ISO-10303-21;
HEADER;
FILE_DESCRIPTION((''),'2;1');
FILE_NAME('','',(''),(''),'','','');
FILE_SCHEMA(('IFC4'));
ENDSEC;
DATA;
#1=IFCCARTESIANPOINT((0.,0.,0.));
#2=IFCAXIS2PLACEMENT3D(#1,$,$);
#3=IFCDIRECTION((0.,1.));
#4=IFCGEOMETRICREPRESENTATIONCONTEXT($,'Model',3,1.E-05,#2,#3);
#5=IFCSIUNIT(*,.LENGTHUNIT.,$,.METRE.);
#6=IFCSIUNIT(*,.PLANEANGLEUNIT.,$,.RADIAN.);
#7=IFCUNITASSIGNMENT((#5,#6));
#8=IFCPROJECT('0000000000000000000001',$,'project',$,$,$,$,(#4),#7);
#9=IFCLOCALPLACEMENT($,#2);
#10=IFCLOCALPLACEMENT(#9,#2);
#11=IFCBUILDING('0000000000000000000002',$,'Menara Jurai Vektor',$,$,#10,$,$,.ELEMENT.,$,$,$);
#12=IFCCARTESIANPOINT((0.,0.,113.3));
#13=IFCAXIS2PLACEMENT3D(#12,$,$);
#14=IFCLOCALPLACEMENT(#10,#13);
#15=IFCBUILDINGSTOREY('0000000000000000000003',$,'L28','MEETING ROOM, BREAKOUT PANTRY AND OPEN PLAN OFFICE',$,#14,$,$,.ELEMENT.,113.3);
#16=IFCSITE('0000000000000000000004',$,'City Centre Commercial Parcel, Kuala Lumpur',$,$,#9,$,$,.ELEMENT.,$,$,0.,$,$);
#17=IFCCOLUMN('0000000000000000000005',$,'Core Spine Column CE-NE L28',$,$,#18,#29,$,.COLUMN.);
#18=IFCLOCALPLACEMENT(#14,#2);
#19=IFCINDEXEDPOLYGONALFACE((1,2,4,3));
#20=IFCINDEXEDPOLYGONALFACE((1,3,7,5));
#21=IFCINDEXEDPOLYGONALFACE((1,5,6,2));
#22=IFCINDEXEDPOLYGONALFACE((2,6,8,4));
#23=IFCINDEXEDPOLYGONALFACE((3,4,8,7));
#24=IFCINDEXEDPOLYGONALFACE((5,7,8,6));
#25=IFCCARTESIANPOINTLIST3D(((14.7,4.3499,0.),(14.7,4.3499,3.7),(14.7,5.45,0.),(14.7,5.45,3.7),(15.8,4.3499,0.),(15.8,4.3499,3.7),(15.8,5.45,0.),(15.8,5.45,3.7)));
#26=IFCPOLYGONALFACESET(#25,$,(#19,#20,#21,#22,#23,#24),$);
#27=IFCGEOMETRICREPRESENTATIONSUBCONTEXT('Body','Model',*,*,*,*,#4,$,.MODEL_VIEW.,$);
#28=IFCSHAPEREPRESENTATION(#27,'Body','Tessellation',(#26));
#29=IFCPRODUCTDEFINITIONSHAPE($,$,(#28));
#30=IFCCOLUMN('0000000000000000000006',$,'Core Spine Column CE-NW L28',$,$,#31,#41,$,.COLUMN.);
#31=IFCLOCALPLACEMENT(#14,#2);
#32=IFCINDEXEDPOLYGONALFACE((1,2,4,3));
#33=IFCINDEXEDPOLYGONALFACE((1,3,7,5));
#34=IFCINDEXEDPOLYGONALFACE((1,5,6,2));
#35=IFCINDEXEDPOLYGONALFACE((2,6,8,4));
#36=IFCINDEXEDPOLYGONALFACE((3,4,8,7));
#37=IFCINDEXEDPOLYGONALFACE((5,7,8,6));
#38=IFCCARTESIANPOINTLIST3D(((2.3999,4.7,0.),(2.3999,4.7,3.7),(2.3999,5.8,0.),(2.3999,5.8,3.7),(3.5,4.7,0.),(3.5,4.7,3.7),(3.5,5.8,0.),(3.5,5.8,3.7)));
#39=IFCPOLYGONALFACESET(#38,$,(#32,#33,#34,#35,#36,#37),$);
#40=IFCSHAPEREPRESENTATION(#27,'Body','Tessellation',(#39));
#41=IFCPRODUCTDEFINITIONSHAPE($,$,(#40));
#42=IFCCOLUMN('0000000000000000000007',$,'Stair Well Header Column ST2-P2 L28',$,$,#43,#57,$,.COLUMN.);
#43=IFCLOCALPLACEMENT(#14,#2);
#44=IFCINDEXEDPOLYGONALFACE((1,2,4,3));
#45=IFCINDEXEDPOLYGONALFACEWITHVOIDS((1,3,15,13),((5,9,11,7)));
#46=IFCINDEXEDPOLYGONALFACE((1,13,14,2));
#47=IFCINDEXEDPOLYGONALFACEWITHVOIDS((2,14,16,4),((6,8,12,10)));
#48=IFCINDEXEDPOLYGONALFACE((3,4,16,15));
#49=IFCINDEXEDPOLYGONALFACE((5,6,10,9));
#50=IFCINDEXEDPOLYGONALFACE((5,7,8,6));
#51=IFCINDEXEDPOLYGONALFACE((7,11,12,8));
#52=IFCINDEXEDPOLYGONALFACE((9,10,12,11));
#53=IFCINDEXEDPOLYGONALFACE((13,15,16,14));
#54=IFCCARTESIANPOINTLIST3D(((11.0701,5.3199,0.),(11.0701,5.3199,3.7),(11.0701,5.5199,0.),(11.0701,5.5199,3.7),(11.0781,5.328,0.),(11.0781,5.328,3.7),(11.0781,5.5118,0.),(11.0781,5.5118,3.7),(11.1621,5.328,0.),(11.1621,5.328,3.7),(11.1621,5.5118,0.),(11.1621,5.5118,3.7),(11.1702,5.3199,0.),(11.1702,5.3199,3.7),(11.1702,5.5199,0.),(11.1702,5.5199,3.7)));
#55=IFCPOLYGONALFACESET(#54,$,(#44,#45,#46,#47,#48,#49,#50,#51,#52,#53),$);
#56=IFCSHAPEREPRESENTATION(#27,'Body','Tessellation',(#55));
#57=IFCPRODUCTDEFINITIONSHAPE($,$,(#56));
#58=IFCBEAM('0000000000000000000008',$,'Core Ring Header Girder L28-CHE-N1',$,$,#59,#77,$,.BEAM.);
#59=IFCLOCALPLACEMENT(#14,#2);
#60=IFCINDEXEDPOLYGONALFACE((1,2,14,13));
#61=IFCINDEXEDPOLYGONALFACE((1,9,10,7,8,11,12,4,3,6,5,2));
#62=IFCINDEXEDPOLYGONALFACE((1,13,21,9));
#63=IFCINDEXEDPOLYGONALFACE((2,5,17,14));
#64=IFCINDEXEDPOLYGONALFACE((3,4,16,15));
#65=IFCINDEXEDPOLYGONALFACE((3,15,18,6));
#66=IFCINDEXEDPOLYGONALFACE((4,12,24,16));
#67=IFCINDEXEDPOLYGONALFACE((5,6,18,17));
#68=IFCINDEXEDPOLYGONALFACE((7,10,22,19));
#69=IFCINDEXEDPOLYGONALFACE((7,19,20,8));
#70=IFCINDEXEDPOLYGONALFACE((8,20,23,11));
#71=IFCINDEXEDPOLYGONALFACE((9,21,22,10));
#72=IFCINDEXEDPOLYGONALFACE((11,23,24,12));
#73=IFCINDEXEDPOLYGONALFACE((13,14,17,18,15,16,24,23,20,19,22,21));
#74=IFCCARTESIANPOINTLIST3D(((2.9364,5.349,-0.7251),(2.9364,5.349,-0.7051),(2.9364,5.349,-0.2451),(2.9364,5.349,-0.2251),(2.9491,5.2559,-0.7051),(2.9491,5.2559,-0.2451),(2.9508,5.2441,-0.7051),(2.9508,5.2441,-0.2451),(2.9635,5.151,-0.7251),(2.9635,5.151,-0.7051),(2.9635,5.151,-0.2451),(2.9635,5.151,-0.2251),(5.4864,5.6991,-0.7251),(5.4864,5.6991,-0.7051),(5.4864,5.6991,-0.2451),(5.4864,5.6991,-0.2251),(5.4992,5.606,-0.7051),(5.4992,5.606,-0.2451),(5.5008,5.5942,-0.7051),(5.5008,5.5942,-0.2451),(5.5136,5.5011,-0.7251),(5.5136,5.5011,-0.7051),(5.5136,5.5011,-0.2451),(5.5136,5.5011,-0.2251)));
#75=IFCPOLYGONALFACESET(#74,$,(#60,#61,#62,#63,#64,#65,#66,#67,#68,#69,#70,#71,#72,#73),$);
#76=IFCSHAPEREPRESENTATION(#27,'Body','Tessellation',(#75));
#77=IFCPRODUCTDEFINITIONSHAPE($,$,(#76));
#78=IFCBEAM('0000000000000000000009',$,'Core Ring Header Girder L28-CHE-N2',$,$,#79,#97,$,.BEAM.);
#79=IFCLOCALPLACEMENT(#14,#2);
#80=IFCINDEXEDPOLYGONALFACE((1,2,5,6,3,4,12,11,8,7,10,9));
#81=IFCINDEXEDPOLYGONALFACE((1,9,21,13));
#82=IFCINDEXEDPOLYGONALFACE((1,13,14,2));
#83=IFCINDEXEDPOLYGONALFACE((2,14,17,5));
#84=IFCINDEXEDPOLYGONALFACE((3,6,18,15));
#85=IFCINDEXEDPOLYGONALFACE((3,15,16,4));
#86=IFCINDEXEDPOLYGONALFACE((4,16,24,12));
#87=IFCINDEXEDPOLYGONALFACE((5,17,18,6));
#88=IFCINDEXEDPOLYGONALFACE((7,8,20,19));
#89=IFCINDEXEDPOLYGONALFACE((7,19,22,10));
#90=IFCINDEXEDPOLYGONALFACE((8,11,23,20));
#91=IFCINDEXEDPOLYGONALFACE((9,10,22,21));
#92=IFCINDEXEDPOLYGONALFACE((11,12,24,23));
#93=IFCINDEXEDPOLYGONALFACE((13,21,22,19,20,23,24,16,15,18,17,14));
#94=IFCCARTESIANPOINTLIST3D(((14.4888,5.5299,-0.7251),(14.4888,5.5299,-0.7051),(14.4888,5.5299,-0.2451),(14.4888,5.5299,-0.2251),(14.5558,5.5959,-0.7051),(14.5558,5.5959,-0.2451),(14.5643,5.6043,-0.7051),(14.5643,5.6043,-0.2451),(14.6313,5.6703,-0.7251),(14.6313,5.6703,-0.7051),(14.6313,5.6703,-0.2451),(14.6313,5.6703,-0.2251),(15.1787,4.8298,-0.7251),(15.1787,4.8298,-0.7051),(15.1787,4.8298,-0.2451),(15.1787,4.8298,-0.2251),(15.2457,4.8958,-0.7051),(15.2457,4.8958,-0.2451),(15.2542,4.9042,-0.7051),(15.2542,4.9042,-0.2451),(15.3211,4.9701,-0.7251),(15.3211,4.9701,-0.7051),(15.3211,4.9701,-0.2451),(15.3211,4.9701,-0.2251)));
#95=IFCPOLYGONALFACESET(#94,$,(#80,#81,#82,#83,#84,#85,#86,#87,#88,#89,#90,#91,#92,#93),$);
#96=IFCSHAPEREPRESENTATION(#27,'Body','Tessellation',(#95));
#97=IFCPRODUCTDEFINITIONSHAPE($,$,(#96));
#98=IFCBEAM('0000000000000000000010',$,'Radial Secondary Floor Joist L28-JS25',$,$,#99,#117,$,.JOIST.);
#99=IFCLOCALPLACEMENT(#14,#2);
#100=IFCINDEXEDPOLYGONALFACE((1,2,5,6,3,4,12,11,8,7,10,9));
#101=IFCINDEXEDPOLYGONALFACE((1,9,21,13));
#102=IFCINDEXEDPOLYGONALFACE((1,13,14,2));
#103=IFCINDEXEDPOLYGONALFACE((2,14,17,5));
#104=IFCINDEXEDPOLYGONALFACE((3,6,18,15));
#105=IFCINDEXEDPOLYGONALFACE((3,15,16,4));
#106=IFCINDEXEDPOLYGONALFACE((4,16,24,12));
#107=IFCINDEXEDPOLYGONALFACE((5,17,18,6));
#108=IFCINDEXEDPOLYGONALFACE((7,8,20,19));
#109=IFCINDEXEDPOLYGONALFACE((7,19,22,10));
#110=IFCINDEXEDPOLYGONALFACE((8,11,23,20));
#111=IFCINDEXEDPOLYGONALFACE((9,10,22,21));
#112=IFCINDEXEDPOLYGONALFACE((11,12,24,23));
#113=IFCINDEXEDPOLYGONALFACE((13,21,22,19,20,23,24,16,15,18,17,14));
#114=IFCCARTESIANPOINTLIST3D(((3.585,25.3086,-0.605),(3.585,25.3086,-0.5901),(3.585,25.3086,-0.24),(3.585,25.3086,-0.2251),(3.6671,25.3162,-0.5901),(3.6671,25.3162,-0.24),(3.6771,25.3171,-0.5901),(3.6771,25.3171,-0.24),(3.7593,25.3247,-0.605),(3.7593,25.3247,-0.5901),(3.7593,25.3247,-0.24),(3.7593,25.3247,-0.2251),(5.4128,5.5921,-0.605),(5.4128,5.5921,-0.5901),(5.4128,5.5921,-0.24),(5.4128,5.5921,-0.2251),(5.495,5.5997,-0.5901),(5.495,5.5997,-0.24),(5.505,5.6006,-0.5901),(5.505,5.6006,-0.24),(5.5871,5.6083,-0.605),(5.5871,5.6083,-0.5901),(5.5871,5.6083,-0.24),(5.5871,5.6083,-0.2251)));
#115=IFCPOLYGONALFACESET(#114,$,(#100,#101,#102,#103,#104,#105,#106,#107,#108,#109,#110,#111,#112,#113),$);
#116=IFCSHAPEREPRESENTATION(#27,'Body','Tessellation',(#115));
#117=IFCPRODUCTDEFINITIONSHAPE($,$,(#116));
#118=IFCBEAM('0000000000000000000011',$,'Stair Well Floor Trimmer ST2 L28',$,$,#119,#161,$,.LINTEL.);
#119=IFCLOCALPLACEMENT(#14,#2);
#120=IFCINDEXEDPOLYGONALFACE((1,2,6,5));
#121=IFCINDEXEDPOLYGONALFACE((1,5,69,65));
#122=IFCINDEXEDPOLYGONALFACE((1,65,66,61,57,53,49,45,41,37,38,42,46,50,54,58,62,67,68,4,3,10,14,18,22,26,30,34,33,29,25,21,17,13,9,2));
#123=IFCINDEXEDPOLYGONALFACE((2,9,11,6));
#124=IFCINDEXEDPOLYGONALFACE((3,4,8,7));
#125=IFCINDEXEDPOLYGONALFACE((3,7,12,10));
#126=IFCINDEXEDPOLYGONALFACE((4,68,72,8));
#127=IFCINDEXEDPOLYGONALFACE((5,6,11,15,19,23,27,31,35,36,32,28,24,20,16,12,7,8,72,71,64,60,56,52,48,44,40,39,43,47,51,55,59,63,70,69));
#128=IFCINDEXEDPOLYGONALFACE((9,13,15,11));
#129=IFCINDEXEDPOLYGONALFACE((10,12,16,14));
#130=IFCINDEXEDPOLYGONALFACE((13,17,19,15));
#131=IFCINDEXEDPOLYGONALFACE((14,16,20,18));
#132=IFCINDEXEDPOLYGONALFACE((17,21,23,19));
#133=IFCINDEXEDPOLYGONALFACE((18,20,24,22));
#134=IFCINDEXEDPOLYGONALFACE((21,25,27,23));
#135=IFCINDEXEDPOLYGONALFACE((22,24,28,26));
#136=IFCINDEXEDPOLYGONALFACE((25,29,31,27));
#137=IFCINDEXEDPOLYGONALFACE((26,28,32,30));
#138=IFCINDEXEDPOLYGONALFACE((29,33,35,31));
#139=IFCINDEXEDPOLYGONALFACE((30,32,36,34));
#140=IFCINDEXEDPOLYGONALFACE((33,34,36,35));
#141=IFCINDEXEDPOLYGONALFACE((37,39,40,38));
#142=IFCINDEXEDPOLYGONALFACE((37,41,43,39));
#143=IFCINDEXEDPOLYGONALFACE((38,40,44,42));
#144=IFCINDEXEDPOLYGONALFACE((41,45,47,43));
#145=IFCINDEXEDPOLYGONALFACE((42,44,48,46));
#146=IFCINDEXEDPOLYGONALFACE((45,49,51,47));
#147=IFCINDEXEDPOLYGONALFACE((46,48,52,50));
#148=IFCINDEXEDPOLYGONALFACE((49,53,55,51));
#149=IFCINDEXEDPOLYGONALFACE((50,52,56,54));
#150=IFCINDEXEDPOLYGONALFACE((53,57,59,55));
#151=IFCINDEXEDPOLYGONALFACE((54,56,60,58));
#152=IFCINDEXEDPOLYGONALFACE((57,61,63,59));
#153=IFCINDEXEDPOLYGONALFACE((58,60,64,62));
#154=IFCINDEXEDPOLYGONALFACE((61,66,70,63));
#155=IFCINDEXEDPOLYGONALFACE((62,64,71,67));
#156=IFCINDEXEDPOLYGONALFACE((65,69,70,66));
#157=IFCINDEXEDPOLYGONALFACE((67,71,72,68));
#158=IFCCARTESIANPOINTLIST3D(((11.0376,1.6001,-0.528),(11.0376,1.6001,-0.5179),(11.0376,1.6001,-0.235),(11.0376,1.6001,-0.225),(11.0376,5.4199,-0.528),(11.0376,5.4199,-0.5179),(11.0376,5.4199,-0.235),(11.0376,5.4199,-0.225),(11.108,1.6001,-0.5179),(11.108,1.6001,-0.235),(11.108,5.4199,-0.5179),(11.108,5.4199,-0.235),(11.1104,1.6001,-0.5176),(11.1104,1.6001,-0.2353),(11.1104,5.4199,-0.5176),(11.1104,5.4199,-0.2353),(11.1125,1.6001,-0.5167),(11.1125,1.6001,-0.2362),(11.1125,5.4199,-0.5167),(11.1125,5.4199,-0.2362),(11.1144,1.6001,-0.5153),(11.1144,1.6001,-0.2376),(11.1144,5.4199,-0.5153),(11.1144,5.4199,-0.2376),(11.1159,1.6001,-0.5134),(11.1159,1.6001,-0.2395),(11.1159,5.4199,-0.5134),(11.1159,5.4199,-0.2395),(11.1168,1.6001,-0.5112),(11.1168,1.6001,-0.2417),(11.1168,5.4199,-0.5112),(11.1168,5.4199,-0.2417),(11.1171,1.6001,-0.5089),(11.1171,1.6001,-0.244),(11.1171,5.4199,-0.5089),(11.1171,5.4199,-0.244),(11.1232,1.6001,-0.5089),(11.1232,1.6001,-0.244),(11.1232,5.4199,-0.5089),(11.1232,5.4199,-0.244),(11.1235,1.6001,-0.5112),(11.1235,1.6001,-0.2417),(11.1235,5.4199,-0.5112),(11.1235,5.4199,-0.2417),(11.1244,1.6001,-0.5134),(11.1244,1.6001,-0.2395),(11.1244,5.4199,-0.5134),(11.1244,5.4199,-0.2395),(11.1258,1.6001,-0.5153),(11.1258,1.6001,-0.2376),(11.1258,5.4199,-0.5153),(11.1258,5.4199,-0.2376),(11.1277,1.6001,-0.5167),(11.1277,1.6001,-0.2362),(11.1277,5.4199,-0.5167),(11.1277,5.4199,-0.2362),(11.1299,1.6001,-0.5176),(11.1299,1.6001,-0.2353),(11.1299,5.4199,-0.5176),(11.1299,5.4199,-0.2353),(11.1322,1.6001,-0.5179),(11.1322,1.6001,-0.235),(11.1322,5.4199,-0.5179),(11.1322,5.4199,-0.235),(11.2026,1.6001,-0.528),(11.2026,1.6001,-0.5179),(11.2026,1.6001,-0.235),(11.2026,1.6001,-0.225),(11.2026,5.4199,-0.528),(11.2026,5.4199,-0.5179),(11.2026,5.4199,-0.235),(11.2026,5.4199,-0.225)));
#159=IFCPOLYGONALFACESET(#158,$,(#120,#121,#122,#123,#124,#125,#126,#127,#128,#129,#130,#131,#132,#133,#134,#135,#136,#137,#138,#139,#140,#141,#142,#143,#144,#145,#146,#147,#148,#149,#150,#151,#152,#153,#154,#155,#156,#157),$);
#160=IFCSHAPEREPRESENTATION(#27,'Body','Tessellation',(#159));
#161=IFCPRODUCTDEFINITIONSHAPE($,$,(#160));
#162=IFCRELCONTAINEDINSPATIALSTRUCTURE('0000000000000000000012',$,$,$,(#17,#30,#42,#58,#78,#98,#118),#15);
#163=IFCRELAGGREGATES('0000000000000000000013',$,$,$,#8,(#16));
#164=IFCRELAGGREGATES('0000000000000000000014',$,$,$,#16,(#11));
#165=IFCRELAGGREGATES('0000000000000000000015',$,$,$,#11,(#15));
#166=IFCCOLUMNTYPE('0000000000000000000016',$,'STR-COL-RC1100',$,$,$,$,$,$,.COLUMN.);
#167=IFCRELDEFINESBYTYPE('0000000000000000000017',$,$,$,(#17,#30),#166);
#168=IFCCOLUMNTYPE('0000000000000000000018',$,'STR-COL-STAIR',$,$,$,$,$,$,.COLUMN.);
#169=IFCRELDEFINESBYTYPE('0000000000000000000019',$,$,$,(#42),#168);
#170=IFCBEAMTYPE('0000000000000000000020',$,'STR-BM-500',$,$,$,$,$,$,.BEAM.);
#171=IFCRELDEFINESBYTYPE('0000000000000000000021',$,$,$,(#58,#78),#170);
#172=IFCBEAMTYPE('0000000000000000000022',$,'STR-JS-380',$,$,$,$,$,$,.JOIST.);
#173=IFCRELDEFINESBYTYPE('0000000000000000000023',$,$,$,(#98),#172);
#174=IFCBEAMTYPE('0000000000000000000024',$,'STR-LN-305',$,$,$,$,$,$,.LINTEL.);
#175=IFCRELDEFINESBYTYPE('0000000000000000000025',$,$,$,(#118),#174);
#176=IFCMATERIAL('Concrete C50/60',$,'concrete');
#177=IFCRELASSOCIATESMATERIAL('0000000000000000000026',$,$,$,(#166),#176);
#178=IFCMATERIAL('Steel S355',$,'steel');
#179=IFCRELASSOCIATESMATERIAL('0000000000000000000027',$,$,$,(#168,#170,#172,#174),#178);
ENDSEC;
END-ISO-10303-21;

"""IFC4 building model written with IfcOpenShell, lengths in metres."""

from ifc_helpers import new_model, si_unit, direction, frame, origin, origin_2d, place, context, subcontext, project, spatial, rectangle, hollow_rectangle, i_section, extrude, material, material_profile, profile_set, type_object, element, save


model = new_model("IFC4")

# Units and contexts
model_context = context("Model", 3, precision=1e-05, world=origin(), true_north=direction((0.0, 1.0)))
body_context = subcontext(model_context, "Body", "Model", "MODEL_VIEW")
ifc_project = project(units=[si_unit("LENGTHUNIT", "METRE"), si_unit("PLANEANGLEUNIT", "RADIAN")], contexts=[model_context])

# Site, building, storey
site_placement = place(None, origin())
site = spatial("IfcSite", under=ifc_project, at=site_placement, Name="City Centre Commercial Parcel, Kuala Lumpur", CompositionType="ELEMENT", RefElevation=0.0)
building_placement = place(site_placement, origin())
building = spatial("IfcBuilding", under=site, at=building_placement, Name="Menara Jurai Vektor", CompositionType="ELEMENT")
storey_placement = place(building_placement, frame((0.0, 0.0, 113.3)))
storey = spatial("IfcBuildingStorey", under=building, at=storey_placement, Name="L28", Description="MEETING ROOM, BREAKOUT PANTRY AND OPEN PLAN OFFICE", CompositionType="ELEMENT", Elevation=113.3)

# Columns
ifc_material_1 = material(Name="Concrete C50/60", Category="concrete")
ifc_material_profile_1 = material_profile(ifc_material_1, rectangle(XDim=1.1001, YDim=1.1001, at=origin_2d()), Name="RC 1100x1100")
ifc_profile_set_1 = profile_set([ifc_material_profile_1], Name="Concrete C50/60")
column_type_1 = type_object("IfcColumnType", Name="STR-COL-RC1100", PredefinedType="COLUMN", material=ifc_profile_set_1)
for number, where, z_axis, x_axis, name in (
    (1, (15.25, 4.8999, 0.0), (0.0, 0.0, 1.0), (1.0, 0.0, 0.0), "Core Spine Column CE-NE L28"),
    (2, (2.95, 5.25, 0.0), (0.0, 0.0, 1.0), (1.0, 0.0, 0.0), "Core Spine Column CE-NW L28"),
):
    element("IfcColumn", number, at=place(storey_placement, frame(where, z_axis=z_axis, x_axis=x_axis)), inside=storey, type_object=column_type_1, Name=name, PredefinedType="COLUMN", context=body_context, shape_type="SweptSolid", body=[
        extrude(rectangle(XDim=1.1001, YDim=1.1001, at=origin_2d()), origin(), (0.0, 0.0, 1.0), 3.7),
    ])
ifc_material_2 = material(Name="Steel S355", Category="steel")
ifc_material_profile_2 = material_profile(ifc_material_2, hollow_rectangle(XDim=0.1001, YDim=0.2, WallThickness=0.0081, at=origin_2d()), Name="RHS 200x100x8")
ifc_profile_set_2 = profile_set([ifc_material_profile_2], Name="Steel S355")
column_type_2 = type_object("IfcColumnType", Name="STR-COL-STAIR", PredefinedType="COLUMN", material=ifc_profile_set_2)
column_placement = place(storey_placement, frame((11.1201, 5.4199, 0.0), z_axis=(0.0, 0.0, 1.0), x_axis=(1.0, 0.0, 0.0)))
element("IfcColumn", 3, at=column_placement, inside=storey, type_object=column_type_2, Name="Stair Well Header Column ST2-P2 L28", PredefinedType="COLUMN", context=body_context, shape_type="SweptSolid", body=[
    extrude(hollow_rectangle(XDim=0.1001, YDim=0.2, WallThickness=0.0081, at=origin_2d()), origin(), (0.0, 0.0, 1.0), 3.7),
])

# Beams
ifc_material_profile_3 = material_profile(ifc_material_2, i_section(OverallWidth=0.2, OverallDepth=0.5, WebThickness=0.012, FlangeThickness=0.02, at=origin_2d()), Name="PG 500x200x96")
ifc_profile_set_3 = profile_set([ifc_material_profile_3], Name="Steel S355")
beam_type_1 = type_object("IfcBeamType", Name="STR-BM-500", PredefinedType="BEAM", material=ifc_profile_set_3)
beam_1_placement = place(storey_placement, frame((2.95, 5.25, -0.4751), z_axis=(0.990707, 0.136015, 0.0), x_axis=(-0.136015, 0.990707, 0.0)))
element("IfcBeam", 4, at=beam_1_placement, inside=storey, type_object=beam_type_1, Name="Core Ring Header Girder L28-CHE-N1", PredefinedType="BEAM", context=body_context, shape_type="SweptSolid", body=[
    extrude(i_section(OverallWidth=0.2, OverallDepth=0.5, WebThickness=0.012, FlangeThickness=0.02, at=origin_2d()), origin(), (0.0, 0.0, 1.0), 2.574),
])
beam_2_placement = place(storey_placement, frame((14.5601, 5.6001, -0.4751), z_axis=(0.701872, -0.712303, 0.0), x_axis=(0.712303, 0.701872, 0.0)))
element("IfcBeam", 5, at=beam_2_placement, inside=storey, type_object=beam_type_1, Name="Core Ring Header Girder L28-CHE-N2", PredefinedType="BEAM", context=body_context, shape_type="SweptSolid", body=[
    extrude(i_section(OverallWidth=0.2, OverallDepth=0.5, WebThickness=0.012, FlangeThickness=0.02, at=origin_2d()), origin(), (0.0, 0.0, 1.0), 0.9829),
])
ifc_material_profile_4 = material_profile(ifc_material_2, i_section(OverallWidth=0.175, OverallDepth=0.3799, WebThickness=0.01, FlangeThickness=0.0149, at=origin_2d()), Name="PG 380x175x58")
ifc_profile_set_4 = profile_set([ifc_material_profile_4], Name="Steel S355")
beam_type_2 = type_object("IfcBeamType", Name="STR-JS-380", PredefinedType="JOIST", material=ifc_profile_set_4)
beam_3_placement = place(storey_placement, frame((3.6721, 25.3167, -0.415), z_axis=(0.092312, -0.99573, 0.0), x_axis=(0.99573, 0.092312, 0.0)))
element("IfcBeam", 6, at=beam_3_placement, inside=storey, type_object=beam_type_2, Name="Radial Secondary Floor Joist L28-JS25", PredefinedType="JOIST", context=body_context, shape_type="SweptSolid", body=[
    extrude(i_section(OverallWidth=0.175, OverallDepth=0.3799, WebThickness=0.01, FlangeThickness=0.0149, at=origin_2d()), origin(), (0.0, 0.0, 1.0), 19.801),
])
ifc_material_profile_5 = material_profile(ifc_material_2, i_section(OverallWidth=0.165, OverallDepth=0.303, WebThickness=0.0061, FlangeThickness=0.01, FilletRadius=0.009, at=origin_2d()), Name="UKB 305x165x40")
ifc_profile_set_5 = profile_set([ifc_material_profile_5], Name="Steel S355")
beam_type_3 = type_object("IfcBeamType", Name="STR-LN-305", PredefinedType="LINTEL", material=ifc_profile_set_5)
beam_4_placement = place(storey_placement, frame((11.1201, 1.6001, -0.3765), z_axis=(0.0, 1.0, 0.0), x_axis=(-1.0, 0.0, 0.0)))
element("IfcBeam", 7, at=beam_4_placement, inside=storey, type_object=beam_type_3, Name="Stair Well Floor Trimmer ST2 L28", PredefinedType="LINTEL", context=body_context, shape_type="SweptSolid", body=[
    extrude(i_section(OverallWidth=0.165, OverallDepth=0.303, WebThickness=0.0061, FlangeThickness=0.01, FilletRadius=0.009, at=origin_2d()), origin(), (0.0, 0.0, 1.0), 3.8198),
])

save(model, "model.ifc")
